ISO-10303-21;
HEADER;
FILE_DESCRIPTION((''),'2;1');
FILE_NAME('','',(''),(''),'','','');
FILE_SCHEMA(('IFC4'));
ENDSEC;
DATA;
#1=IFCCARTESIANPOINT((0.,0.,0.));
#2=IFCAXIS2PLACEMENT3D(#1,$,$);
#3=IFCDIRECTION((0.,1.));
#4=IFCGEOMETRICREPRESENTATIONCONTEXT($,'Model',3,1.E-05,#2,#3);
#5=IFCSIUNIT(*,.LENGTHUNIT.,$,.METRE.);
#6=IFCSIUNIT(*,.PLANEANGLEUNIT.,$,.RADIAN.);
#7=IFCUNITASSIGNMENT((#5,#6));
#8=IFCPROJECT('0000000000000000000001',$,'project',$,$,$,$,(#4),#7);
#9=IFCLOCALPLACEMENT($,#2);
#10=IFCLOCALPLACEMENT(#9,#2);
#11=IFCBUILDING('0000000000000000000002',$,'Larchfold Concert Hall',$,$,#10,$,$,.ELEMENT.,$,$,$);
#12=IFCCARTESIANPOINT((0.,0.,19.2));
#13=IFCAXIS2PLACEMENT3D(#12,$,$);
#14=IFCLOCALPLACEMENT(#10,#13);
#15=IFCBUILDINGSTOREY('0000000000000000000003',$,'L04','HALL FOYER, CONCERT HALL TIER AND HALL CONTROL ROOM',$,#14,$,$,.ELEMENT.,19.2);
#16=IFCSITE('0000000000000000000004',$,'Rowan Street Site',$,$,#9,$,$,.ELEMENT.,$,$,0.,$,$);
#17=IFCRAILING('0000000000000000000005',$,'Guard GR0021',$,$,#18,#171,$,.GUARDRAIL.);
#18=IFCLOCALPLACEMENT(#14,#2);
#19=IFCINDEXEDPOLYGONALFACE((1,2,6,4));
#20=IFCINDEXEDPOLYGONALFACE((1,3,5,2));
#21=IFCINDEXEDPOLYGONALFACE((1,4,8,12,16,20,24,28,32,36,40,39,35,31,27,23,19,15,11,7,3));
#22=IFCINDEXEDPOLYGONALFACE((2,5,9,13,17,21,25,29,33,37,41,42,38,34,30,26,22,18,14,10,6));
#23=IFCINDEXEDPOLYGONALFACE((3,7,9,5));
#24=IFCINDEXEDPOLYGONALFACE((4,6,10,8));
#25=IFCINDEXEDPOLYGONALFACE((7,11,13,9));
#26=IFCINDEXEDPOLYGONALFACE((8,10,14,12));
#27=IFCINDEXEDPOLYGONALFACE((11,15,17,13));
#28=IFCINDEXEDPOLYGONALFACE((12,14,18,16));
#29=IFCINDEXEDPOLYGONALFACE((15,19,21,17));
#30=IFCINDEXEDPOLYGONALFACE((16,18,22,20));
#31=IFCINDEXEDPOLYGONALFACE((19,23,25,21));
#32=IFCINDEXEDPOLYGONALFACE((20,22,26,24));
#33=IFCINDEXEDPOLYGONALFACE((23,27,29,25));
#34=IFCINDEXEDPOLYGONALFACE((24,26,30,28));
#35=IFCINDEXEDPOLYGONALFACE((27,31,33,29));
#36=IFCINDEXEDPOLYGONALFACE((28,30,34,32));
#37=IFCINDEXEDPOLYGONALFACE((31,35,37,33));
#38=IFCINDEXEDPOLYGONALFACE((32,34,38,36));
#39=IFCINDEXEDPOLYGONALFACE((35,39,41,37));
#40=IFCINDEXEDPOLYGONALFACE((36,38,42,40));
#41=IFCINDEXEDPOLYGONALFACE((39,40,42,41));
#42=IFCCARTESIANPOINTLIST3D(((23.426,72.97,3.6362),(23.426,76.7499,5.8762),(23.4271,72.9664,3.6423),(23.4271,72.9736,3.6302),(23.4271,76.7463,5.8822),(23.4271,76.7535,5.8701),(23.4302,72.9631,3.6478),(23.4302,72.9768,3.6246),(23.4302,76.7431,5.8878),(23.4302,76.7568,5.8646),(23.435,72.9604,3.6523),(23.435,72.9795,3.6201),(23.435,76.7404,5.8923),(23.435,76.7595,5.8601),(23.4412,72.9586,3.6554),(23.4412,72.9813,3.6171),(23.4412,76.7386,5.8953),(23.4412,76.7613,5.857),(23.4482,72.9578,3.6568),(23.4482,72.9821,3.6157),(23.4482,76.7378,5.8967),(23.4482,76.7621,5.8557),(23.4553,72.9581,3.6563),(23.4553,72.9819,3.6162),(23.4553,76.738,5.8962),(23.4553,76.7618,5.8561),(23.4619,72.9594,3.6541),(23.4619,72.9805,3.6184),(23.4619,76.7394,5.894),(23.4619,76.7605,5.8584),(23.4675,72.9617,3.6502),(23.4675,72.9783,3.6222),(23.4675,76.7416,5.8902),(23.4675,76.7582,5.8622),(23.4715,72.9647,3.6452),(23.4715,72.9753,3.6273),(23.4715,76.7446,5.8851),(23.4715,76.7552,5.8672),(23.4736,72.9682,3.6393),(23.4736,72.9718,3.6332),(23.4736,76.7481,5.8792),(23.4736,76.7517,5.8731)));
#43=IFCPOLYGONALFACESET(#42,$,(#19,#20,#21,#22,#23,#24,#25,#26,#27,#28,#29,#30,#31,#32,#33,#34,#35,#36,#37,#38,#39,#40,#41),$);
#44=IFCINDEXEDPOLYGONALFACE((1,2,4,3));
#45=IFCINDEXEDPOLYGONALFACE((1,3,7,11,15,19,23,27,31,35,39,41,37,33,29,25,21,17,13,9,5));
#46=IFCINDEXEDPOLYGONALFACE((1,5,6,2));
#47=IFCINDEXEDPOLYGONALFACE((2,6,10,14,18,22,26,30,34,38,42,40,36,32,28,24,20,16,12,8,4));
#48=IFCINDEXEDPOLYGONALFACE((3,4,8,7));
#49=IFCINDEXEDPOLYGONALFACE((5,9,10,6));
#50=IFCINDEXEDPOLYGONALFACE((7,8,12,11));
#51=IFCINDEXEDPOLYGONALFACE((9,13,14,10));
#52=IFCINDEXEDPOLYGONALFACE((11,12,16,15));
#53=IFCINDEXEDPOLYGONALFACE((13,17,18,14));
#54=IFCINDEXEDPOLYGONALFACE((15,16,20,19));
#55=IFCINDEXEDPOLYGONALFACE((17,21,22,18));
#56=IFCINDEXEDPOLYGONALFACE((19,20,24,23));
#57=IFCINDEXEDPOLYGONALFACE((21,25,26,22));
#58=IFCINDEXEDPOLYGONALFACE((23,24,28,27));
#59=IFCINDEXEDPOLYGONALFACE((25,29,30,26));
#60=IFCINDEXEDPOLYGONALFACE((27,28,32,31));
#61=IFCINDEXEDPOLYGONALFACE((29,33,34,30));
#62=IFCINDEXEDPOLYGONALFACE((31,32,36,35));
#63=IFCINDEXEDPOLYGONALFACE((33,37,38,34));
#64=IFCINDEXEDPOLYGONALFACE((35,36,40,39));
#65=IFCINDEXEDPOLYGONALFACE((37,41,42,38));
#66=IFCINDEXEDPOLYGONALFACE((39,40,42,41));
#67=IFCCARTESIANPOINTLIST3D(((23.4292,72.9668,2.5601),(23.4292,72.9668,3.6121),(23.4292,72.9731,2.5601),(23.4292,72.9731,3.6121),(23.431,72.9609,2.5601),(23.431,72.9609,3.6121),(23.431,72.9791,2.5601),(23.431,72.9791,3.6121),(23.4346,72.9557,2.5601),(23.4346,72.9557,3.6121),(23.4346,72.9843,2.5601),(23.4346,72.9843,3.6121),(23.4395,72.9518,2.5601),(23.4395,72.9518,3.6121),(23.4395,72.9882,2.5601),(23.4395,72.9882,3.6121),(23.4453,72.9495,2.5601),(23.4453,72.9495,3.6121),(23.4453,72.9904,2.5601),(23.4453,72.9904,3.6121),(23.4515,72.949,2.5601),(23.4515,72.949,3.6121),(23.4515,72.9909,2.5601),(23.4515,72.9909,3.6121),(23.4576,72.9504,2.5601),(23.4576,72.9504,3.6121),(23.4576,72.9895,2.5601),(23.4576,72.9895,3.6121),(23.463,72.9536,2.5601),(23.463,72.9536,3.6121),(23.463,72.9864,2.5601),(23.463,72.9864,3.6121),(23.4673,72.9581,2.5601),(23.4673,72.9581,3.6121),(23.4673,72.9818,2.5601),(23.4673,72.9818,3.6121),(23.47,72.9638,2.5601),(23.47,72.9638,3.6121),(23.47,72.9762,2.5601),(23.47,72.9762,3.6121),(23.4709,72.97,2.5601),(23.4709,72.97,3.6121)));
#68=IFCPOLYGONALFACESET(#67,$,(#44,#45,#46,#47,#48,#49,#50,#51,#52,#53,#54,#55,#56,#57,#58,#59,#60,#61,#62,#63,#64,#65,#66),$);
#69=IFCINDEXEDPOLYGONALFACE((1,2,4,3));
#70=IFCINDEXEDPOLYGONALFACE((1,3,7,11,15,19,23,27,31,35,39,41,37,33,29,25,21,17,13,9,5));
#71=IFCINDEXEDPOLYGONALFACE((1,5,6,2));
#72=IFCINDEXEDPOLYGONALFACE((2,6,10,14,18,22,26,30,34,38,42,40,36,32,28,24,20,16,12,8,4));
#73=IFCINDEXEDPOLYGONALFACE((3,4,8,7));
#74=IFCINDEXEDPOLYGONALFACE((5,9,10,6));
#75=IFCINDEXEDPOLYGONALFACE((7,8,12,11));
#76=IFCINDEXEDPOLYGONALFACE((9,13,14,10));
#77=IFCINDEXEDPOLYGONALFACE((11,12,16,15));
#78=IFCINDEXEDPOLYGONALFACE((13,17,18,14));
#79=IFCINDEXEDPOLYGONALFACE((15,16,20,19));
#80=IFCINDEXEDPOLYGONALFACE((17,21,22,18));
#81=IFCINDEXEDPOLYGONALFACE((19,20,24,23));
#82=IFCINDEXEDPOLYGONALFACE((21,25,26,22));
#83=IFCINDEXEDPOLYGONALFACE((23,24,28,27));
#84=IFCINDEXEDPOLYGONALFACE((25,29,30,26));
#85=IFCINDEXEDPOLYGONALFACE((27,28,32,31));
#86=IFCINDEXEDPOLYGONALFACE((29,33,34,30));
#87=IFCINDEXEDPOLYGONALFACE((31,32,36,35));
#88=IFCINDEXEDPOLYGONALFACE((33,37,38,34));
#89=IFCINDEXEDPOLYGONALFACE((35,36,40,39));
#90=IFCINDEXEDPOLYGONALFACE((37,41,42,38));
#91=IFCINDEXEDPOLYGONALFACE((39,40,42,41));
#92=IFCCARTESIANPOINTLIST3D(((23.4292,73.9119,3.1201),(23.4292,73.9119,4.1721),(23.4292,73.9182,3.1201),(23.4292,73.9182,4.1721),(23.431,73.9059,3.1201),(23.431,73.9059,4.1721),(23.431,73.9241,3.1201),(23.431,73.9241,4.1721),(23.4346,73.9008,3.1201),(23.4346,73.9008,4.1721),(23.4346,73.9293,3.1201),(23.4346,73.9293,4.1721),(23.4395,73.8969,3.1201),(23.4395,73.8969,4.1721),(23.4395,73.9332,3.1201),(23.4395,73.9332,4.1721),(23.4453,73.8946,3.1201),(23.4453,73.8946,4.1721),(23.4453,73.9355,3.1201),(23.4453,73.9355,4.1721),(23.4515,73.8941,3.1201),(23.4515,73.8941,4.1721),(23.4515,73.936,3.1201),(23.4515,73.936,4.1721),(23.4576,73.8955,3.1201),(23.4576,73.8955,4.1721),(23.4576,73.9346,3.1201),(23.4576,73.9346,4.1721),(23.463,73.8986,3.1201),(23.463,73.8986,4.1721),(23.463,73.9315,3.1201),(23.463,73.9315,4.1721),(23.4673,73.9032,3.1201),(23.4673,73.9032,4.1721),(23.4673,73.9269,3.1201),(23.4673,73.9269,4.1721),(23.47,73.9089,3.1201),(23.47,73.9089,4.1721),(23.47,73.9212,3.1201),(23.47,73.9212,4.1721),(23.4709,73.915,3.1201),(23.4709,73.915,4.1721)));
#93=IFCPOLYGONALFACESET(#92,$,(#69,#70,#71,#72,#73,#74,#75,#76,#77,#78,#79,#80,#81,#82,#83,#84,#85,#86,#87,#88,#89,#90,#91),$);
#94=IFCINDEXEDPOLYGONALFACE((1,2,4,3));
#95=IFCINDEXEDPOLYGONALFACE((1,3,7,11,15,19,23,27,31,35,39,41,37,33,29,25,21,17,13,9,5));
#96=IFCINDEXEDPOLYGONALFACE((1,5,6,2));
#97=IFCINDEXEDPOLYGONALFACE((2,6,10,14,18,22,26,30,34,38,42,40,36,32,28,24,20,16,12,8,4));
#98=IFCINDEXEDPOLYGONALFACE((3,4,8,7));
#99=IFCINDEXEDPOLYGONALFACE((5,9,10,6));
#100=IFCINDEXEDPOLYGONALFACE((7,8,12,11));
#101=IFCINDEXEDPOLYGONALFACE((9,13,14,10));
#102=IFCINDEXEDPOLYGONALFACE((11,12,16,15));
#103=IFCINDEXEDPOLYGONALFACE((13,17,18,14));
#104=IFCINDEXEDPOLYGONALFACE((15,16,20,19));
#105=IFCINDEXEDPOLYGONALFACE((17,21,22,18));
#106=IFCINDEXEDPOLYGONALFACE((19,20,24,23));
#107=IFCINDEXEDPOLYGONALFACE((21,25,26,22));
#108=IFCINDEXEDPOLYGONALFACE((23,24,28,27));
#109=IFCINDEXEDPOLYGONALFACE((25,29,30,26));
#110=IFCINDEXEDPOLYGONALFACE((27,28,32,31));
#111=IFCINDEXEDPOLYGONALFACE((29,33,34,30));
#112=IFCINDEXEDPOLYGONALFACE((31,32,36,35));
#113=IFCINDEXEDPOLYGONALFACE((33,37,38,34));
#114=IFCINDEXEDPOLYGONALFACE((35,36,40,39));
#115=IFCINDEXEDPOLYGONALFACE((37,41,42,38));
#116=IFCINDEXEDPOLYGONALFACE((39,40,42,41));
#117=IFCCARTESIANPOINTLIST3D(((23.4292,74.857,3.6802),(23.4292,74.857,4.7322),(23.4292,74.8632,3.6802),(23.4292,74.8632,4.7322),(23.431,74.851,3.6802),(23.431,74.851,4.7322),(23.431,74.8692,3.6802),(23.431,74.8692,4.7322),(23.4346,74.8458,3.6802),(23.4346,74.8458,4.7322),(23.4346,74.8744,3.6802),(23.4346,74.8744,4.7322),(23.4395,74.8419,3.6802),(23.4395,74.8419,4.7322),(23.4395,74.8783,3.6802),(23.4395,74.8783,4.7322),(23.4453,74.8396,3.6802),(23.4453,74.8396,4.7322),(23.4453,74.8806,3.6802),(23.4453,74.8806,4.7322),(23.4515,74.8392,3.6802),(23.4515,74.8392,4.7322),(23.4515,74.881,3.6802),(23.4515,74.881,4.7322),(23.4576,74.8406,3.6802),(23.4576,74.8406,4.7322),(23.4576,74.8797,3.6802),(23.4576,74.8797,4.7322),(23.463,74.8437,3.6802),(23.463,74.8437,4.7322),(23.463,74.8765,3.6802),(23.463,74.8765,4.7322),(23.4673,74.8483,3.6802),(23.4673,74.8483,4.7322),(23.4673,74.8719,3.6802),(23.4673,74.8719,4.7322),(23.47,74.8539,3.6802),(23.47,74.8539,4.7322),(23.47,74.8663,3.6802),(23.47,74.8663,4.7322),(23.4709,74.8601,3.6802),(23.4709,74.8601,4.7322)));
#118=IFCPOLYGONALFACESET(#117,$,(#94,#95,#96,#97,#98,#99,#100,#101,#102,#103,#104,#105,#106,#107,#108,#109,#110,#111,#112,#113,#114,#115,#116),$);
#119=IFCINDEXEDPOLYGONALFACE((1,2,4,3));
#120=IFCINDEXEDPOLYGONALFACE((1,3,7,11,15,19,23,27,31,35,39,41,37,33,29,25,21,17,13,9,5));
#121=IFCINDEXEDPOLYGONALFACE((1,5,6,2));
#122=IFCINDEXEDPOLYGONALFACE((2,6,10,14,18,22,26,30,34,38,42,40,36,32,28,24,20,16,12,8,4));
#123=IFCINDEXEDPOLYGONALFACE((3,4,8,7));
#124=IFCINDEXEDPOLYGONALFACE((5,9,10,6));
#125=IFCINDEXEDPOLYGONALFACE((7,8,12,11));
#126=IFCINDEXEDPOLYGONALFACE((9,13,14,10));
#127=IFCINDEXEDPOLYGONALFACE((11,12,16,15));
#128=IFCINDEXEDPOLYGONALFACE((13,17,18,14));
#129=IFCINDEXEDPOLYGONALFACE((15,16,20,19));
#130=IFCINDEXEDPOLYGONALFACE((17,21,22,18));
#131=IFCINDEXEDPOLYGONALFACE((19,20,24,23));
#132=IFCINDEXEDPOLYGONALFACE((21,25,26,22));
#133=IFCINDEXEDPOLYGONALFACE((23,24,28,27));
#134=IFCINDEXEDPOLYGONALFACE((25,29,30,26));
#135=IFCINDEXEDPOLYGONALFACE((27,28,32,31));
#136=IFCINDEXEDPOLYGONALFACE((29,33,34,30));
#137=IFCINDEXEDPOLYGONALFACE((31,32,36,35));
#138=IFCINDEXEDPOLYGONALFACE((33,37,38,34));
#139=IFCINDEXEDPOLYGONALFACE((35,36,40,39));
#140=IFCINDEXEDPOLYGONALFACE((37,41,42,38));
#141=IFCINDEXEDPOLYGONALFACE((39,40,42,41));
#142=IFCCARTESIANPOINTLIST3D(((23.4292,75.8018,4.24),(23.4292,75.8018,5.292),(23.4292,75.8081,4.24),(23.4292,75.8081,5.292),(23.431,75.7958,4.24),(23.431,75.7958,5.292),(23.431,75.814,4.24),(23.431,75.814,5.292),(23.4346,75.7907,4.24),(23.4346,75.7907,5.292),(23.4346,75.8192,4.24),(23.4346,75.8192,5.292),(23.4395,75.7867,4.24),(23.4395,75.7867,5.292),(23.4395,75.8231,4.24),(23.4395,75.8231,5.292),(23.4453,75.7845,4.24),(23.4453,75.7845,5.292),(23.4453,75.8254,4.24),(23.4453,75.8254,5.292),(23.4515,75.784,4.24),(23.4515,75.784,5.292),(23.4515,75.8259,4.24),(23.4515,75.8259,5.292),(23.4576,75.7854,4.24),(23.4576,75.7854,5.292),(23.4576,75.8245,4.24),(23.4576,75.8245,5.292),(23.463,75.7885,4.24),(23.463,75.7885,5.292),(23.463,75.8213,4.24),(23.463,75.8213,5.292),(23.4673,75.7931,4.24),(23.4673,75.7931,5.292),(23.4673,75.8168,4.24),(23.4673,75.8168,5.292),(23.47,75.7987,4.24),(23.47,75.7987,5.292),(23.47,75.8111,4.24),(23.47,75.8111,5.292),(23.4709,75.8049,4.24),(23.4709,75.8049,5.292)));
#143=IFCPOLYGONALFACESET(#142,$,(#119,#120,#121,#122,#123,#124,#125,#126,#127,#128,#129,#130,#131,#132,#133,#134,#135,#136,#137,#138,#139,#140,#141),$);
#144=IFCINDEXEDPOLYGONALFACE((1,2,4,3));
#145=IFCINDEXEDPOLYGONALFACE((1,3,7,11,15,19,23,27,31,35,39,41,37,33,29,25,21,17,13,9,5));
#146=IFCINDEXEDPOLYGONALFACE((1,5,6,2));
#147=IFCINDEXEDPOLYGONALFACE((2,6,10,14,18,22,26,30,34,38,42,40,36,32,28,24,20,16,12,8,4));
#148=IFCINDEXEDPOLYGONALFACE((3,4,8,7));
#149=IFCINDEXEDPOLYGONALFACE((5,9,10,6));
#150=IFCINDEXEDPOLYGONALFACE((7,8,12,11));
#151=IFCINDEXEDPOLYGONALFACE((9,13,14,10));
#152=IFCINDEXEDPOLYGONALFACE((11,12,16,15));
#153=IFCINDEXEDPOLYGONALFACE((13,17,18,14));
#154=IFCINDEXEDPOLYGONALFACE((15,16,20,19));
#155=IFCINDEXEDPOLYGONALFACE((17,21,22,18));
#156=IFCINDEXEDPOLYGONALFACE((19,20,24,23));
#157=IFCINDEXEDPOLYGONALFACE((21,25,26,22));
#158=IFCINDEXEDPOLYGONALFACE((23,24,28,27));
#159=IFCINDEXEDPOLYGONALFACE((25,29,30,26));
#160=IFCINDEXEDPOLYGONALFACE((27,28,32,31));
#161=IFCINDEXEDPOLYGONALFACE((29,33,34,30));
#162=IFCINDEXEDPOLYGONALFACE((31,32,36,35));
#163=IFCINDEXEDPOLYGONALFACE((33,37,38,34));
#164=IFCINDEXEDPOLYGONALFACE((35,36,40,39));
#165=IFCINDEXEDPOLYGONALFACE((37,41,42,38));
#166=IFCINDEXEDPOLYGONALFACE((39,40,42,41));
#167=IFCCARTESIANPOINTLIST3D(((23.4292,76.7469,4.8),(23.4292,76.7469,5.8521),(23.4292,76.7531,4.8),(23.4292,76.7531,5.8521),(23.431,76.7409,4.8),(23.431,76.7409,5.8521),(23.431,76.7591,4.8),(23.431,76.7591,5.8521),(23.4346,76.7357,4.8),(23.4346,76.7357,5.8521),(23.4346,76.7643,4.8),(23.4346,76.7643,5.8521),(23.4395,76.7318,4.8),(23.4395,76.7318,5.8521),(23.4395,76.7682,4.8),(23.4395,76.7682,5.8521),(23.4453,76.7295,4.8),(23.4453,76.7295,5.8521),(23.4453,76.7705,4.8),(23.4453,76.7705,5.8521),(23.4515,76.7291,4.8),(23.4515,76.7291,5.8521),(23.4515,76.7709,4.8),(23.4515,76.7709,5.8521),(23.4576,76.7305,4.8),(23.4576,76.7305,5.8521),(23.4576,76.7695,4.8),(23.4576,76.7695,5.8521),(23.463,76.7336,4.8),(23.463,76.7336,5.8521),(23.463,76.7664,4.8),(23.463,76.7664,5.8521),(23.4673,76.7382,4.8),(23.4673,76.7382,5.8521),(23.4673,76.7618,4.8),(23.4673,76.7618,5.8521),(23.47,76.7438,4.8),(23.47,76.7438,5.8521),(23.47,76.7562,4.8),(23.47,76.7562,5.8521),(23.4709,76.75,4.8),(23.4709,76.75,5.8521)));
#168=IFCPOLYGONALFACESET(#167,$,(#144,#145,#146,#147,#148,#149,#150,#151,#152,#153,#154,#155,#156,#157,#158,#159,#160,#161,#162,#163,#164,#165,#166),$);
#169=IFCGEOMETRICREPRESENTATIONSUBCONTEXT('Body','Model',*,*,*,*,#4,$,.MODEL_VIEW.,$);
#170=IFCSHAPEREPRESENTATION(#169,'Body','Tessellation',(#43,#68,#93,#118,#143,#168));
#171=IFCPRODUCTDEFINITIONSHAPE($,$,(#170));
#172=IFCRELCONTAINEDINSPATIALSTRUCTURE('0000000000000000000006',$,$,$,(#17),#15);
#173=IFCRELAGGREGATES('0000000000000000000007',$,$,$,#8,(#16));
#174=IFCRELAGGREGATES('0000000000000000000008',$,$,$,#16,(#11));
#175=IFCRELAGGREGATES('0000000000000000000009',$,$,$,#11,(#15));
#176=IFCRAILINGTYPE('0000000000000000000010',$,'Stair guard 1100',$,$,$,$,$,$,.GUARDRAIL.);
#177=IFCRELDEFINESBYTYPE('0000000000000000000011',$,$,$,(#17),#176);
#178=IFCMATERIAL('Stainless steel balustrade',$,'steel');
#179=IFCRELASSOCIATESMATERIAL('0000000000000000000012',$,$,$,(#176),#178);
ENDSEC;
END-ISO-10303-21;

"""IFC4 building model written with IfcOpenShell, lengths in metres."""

from ifc_helpers import new_model, si_unit, direction, frame, origin, origin_2d, place, context, subcontext, project, spatial, circle, extrude, material, type_object, element, save


model = new_model("IFC4")

# Units and contexts
model_context = context("Model", 3, precision=1e-05, world=origin(), true_north=direction((0.0, 1.0)))
body_context = subcontext(model_context, "Body", "Model", "MODEL_VIEW")
ifc_project = project(units=[si_unit("LENGTHUNIT", "METRE"), si_unit("PLANEANGLEUNIT", "RADIAN")], contexts=[model_context])

# Site, building, storey
site_placement = place(None, origin())
site = spatial("IfcSite", under=ifc_project, at=site_placement, Name="Rowan Street Site", CompositionType="ELEMENT", RefElevation=0.0)
building_placement = place(site_placement, origin())
building = spatial("IfcBuilding", under=site, at=building_placement, Name="Larchfold Concert Hall", CompositionType="ELEMENT")
storey_placement = place(building_placement, frame((0.0, 0.0, 19.2)))
storey = spatial("IfcBuildingStorey", under=building, at=storey_placement, Name="L04", Description="HALL FOYER, CONCERT HALL TIER AND HALL CONTROL ROOM", CompositionType="ELEMENT", Elevation=19.2)

# Railing
ifc_material_1 = material(Name="Stainless steel balustrade", Category="steel")
railing_type_1 = type_object("IfcRailingType", Name="Stair guard 1100", PredefinedType="GUARDRAIL", material=ifc_material_1)
railing_1_placement = place(storey_placement, frame((23.45, 72.97, 2.5601)))
element("IfcRailing", 1, at=railing_1_placement, inside=storey, type_object=railing_type_1, Name="Guard GR0021", PredefinedType="GUARDRAIL", context=body_context, shape_type="SweptSolid", body=[
    extrude(circle(Radius=0.0239, at=origin_2d()), frame((0.0, 0.0, 1.0762), z_axis=(0.0, 0.860294, 0.509798), x_axis=(-1.0, 0.0, 0.0)), (0.0, 0.0, 1.0), 4.3938),
    extrude(circle(Radius=0.021, at=origin_2d()), origin(), (0.0, 0.0, 1.0), 1.052),
    extrude(circle(Radius=0.021, at=origin_2d()), frame((0.0, 0.9451, 0.5601)), (0.0, 0.0, 1.0), 1.052),
    extrude(circle(Radius=0.021, at=origin_2d()), frame((0.0, 1.8901, 1.1201)), (0.0, 0.0, 1.0), 1.052),
    extrude(circle(Radius=0.021, at=origin_2d()), frame((0.0, 2.835, 1.6799)), (0.0, 0.0, 1.0), 1.052),
    extrude(circle(Radius=0.021, at=origin_2d()), frame((0.0, 3.78, 2.24)), (0.0, 0.0, 1.0), 1.052),
])

save(model, "model.ifc")
